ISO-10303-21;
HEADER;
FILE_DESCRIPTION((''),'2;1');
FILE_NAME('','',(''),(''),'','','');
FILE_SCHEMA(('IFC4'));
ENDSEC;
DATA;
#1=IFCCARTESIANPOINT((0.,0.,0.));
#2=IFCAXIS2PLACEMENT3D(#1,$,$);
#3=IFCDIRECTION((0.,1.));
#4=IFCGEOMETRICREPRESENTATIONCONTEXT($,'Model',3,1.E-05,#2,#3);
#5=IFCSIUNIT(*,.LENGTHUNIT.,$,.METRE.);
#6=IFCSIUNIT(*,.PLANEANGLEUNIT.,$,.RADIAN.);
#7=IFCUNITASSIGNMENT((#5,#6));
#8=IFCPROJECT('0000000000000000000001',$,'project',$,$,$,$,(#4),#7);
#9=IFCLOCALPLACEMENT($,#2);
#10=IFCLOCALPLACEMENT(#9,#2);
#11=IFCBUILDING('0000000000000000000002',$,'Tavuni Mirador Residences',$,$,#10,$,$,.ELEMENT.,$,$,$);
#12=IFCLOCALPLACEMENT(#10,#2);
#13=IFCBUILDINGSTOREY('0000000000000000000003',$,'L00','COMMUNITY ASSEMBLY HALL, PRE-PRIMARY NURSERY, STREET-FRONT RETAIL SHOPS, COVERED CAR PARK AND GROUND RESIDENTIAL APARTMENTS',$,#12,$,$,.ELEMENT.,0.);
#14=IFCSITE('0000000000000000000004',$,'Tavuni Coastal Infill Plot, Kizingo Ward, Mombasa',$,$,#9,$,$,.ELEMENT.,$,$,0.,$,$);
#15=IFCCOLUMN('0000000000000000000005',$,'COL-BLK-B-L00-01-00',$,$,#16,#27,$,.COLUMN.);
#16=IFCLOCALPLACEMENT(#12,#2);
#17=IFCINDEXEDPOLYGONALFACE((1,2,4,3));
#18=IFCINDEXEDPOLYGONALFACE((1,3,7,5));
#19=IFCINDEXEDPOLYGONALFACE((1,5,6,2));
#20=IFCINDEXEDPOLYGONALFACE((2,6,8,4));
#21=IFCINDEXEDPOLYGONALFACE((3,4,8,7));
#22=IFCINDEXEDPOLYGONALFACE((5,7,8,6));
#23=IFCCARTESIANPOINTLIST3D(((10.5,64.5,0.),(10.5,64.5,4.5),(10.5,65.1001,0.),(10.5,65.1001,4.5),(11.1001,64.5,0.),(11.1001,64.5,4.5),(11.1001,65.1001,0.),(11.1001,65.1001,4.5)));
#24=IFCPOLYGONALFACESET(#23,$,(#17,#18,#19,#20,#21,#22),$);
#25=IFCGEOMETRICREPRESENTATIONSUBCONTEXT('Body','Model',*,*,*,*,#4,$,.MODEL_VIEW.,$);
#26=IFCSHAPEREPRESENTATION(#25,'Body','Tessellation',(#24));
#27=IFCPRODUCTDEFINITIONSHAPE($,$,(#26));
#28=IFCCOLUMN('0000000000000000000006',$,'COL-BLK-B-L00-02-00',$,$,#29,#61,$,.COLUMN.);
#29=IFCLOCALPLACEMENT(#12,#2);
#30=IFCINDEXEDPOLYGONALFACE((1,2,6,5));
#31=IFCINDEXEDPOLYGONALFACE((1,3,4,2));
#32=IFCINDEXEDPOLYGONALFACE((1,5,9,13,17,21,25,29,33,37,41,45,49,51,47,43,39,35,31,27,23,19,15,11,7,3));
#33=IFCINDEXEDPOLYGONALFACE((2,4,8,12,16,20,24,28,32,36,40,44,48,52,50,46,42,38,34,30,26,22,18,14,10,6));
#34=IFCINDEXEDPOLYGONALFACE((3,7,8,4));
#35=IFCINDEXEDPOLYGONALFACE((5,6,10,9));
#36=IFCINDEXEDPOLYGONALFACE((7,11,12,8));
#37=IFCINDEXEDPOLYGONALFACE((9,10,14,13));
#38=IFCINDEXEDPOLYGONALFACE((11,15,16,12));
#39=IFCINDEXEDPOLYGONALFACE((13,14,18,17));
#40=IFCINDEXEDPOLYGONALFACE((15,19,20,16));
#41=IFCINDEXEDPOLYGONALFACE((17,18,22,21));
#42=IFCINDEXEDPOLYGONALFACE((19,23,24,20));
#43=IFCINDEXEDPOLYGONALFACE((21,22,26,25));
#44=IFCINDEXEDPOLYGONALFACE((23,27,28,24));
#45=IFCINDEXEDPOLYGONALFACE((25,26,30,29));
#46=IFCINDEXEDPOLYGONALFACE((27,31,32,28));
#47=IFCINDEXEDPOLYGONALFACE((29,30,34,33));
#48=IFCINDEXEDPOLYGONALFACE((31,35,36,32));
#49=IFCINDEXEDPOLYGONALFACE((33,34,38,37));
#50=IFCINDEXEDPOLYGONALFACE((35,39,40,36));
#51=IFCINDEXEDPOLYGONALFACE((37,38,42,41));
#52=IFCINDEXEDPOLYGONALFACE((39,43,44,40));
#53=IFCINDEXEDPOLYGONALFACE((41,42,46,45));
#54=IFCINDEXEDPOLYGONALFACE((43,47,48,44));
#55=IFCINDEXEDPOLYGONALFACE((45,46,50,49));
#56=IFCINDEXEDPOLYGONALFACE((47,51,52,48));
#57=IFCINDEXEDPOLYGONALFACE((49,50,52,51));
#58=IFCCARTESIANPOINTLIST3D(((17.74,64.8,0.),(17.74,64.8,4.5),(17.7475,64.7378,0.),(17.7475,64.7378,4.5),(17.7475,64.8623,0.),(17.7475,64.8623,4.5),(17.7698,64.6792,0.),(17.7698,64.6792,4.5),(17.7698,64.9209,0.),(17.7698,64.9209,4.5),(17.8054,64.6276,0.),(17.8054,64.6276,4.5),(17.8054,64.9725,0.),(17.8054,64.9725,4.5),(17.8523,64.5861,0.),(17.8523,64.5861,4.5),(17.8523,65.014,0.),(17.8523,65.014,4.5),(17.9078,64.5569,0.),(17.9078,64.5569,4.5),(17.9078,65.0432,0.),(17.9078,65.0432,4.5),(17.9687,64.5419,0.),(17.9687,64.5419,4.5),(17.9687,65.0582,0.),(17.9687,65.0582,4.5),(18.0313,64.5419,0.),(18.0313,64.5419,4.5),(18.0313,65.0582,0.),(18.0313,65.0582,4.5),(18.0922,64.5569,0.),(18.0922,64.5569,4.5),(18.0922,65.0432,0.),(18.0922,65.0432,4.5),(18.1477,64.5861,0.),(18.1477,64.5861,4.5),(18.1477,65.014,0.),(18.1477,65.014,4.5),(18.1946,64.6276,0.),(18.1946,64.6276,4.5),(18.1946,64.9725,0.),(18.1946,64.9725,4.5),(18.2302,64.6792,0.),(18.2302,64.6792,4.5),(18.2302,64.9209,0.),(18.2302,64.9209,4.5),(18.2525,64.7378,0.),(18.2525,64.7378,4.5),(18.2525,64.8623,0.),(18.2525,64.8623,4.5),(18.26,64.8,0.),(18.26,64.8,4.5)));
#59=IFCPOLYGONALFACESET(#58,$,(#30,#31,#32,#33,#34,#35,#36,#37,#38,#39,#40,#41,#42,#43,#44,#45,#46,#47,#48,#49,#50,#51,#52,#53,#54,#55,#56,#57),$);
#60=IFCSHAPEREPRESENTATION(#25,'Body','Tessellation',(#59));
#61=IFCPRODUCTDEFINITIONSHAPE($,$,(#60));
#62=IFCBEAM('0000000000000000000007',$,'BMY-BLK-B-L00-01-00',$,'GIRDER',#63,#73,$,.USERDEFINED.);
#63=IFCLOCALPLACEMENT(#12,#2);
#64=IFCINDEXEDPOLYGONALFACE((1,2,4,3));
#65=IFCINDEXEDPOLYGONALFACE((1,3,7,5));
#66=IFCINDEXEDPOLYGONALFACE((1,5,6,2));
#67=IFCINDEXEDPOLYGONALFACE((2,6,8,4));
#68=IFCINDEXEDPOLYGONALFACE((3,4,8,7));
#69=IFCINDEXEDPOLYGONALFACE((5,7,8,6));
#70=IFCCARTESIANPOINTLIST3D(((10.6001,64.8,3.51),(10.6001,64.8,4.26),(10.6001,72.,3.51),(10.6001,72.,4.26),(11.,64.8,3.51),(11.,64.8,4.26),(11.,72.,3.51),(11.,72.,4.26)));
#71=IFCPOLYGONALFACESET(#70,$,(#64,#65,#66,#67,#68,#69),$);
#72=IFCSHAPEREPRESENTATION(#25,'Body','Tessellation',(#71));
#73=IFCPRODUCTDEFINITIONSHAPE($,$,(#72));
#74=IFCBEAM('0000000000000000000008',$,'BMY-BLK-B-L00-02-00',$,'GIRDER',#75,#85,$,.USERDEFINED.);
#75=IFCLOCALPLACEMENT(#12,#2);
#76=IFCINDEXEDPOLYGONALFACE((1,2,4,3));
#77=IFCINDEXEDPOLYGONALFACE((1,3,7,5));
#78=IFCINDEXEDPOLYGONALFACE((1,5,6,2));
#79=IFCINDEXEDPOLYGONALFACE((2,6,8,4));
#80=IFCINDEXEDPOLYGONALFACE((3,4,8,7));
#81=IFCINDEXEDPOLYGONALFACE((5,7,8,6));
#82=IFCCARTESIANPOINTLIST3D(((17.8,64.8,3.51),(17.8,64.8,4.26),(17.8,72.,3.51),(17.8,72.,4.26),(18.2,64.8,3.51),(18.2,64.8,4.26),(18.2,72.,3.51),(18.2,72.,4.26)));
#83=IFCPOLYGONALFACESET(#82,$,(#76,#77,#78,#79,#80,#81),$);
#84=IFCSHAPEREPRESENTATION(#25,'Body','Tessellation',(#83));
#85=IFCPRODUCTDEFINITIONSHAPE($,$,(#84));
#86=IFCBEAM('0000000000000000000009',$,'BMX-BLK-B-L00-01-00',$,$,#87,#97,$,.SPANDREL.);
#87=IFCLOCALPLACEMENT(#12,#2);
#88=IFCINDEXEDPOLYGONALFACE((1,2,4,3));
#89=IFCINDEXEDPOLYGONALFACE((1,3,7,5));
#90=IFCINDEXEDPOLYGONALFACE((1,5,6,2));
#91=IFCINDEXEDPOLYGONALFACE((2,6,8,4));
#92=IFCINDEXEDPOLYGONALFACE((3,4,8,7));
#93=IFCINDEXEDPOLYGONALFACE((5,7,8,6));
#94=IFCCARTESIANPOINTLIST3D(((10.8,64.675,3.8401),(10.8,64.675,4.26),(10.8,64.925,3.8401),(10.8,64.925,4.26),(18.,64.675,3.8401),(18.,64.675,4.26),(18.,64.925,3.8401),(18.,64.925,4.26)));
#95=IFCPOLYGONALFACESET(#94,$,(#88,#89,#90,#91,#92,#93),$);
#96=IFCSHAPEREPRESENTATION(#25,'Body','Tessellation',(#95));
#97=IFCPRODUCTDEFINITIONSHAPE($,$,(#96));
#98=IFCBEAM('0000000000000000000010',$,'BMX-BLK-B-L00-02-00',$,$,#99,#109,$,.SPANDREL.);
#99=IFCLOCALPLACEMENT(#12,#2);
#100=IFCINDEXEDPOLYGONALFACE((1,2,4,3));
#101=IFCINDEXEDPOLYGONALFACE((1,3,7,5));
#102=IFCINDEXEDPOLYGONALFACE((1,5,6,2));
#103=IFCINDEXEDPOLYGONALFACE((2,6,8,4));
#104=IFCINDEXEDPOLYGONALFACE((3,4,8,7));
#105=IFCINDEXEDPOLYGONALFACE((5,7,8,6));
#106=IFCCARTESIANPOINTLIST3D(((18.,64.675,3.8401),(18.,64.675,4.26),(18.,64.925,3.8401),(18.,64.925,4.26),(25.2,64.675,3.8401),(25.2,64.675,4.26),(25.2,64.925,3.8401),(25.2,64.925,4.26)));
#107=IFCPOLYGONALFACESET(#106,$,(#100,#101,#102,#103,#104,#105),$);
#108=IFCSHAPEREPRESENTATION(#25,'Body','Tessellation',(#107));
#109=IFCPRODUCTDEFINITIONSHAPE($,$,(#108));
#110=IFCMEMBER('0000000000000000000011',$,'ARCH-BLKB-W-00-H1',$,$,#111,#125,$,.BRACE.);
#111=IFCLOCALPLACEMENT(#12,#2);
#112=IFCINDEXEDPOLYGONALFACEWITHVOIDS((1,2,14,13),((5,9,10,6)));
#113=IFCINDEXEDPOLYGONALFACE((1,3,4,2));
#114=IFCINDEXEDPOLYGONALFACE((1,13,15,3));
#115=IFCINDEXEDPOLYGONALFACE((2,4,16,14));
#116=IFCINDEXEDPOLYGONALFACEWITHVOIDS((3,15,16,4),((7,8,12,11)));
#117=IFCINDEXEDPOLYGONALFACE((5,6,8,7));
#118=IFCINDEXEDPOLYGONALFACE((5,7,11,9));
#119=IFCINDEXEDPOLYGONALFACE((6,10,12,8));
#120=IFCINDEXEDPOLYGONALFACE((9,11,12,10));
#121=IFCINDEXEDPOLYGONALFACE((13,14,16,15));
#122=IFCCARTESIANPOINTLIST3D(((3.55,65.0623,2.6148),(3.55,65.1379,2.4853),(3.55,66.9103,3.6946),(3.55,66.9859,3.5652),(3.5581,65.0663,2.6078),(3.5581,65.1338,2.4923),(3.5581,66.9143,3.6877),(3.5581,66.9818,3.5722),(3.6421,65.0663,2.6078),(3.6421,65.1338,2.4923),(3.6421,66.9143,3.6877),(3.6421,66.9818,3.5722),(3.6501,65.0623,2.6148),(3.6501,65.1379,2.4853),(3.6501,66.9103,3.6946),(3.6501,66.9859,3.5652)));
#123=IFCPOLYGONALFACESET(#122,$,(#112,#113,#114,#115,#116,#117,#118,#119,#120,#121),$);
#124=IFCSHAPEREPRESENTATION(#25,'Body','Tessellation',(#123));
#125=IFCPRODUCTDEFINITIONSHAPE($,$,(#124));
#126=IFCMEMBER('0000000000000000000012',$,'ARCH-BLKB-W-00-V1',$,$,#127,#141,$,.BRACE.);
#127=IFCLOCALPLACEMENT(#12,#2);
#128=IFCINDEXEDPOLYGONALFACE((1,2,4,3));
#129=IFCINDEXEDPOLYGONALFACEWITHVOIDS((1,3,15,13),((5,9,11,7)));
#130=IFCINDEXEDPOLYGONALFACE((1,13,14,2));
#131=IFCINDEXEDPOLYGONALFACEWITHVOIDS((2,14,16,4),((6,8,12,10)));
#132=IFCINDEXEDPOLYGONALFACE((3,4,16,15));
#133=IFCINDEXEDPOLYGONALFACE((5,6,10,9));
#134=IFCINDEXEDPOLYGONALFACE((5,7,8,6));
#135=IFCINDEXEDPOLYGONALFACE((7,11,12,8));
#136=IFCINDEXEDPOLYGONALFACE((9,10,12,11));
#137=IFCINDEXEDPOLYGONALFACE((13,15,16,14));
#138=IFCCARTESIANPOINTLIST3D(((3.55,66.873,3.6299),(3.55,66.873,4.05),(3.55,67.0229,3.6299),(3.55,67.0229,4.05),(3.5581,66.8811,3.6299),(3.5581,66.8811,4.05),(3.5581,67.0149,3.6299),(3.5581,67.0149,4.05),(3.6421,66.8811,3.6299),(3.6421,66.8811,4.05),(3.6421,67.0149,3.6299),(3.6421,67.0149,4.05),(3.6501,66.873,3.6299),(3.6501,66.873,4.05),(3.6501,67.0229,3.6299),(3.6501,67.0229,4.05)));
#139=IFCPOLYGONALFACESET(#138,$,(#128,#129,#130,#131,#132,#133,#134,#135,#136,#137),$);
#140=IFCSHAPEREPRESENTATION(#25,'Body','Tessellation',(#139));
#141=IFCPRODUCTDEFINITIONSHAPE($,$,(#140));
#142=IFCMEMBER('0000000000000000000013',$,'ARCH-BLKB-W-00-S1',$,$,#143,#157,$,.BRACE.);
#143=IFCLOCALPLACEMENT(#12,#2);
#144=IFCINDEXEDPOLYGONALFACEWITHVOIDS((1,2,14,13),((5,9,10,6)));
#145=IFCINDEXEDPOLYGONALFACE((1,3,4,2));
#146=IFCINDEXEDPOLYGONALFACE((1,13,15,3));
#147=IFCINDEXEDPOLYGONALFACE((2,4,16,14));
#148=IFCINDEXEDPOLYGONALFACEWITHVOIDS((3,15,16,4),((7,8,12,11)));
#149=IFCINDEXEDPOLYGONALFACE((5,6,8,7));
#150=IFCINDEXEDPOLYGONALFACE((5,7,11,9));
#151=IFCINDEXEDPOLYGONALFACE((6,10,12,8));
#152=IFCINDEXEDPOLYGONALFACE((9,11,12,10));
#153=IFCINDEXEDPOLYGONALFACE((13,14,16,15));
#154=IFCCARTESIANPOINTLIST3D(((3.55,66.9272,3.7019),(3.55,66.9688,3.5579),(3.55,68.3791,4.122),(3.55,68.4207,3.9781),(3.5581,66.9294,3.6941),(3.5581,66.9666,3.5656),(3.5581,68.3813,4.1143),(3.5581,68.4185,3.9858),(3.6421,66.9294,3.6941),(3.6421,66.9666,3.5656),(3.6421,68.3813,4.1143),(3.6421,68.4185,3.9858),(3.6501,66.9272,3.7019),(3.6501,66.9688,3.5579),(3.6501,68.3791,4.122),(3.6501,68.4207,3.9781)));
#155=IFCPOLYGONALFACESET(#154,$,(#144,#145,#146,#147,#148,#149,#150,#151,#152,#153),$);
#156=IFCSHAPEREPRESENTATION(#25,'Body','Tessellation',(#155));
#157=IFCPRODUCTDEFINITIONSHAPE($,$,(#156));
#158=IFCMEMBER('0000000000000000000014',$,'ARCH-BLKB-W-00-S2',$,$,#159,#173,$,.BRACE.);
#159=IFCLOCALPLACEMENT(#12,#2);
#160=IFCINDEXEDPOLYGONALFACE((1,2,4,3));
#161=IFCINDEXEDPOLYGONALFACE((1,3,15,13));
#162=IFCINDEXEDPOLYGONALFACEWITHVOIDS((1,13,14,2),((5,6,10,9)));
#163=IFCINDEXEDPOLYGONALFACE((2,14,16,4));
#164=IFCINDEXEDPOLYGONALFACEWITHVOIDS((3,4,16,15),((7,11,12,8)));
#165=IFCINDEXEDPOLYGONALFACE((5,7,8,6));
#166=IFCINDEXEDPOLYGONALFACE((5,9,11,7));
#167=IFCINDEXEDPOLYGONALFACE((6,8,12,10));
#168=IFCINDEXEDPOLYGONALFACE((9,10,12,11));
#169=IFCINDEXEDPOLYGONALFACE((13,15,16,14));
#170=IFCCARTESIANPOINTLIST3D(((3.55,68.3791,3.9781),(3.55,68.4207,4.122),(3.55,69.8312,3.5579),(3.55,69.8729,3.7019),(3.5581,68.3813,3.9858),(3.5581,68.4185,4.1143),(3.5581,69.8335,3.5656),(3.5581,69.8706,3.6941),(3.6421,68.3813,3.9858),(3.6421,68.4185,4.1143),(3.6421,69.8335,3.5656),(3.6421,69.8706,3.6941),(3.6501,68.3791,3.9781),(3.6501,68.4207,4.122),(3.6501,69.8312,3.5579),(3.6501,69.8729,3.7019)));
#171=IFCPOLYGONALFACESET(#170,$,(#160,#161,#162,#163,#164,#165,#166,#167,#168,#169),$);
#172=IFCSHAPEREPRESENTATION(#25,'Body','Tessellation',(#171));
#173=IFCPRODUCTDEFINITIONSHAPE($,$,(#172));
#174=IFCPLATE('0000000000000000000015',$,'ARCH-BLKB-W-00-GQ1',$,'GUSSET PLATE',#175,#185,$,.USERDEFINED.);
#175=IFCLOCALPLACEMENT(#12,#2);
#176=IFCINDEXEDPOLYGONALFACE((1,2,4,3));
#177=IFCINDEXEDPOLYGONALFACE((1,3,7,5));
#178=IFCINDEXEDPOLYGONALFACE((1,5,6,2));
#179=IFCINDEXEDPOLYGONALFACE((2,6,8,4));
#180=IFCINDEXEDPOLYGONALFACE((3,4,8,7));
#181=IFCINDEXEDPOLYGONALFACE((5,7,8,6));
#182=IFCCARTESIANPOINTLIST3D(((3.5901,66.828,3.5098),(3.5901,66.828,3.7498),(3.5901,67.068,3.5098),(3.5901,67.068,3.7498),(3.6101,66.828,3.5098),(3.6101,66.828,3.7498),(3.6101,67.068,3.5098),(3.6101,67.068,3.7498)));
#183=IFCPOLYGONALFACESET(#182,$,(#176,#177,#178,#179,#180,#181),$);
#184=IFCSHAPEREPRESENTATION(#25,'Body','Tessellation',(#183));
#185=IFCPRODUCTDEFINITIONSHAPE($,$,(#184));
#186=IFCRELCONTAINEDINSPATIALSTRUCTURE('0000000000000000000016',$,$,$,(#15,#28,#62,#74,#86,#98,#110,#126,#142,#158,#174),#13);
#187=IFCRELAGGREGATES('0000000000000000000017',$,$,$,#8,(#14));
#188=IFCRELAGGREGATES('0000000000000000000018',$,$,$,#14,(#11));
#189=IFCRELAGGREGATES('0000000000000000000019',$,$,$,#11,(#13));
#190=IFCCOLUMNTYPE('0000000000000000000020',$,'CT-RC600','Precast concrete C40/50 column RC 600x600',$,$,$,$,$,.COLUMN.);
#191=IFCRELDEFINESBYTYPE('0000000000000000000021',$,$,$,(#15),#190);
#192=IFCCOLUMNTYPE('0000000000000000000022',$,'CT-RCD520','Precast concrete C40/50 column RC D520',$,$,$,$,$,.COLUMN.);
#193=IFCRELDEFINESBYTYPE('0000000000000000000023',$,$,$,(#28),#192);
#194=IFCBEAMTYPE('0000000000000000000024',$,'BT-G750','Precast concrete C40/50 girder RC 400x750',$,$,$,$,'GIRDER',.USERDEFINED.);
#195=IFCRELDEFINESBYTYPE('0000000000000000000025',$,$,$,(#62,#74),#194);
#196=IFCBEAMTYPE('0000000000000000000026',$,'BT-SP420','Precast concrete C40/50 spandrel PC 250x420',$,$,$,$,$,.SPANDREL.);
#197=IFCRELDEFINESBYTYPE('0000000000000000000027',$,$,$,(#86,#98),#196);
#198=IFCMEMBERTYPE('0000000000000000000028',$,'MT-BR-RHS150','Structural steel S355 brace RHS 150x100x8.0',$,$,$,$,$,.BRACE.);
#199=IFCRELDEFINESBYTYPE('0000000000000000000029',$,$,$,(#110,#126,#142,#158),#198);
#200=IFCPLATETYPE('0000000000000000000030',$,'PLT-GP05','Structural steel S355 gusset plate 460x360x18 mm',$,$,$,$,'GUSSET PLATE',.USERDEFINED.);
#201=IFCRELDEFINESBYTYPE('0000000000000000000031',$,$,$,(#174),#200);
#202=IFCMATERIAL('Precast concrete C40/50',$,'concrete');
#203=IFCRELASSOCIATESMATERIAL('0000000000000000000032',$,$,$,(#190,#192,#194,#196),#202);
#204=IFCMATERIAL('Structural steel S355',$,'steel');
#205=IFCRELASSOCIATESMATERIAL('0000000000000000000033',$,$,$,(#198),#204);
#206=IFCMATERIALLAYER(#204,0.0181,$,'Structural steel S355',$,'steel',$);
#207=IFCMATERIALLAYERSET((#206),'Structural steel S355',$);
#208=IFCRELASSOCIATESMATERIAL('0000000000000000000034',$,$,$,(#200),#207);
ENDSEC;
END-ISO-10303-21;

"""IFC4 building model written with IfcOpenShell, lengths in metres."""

from ifc_helpers import new_model, si_unit, direction, frame, origin, origin_2d, place, context, subcontext, project, spatial, rectangle, hollow_rectangle, circle, extrude, material, layer, layer_set, material_profile, profile_set, type_object, element, save


model = new_model("IFC4")

# Units and contexts
model_context = context("Model", 3, precision=1e-05, world=origin(), true_north=direction((0.0, 1.0)))
body_context = subcontext(model_context, "Body", "Model", "MODEL_VIEW")
ifc_project = project(units=[si_unit("LENGTHUNIT", "METRE"), si_unit("PLANEANGLEUNIT", "RADIAN")], contexts=[model_context])

# Site, building, storey
site_placement = place(None, origin())
site = spatial("IfcSite", under=ifc_project, at=site_placement, Name="Tavuni Coastal Infill Plot, Kizingo Ward, Mombasa", CompositionType="ELEMENT", RefElevation=0.0)
building_placement = place(site_placement, origin())
building = spatial("IfcBuilding", under=site, at=building_placement, Name="Tavuni Mirador Residences", CompositionType="ELEMENT")
storey_placement = place(building_placement, origin())
storey = spatial("IfcBuildingStorey", under=building, at=storey_placement, Name="L00", Description="COMMUNITY ASSEMBLY HALL, PRE-PRIMARY NURSERY, STREET-FRONT RETAIL SHOPS, COVERED CAR PARK AND GROUND RESIDENTIAL APARTMENTS", CompositionType="ELEMENT", Elevation=0.0)

# Columns
ifc_material_1 = material(Name="Precast concrete C40/50", Category="concrete")
ifc_material_profile_1 = material_profile(ifc_material_1, rectangle(XDim=0.6001, YDim=0.6001, at=origin_2d()), Name="RC 600x600", Category="concrete")
ifc_profile_set_1 = profile_set([ifc_material_profile_1], Name="Precast concrete C40/50")
column_type_1 = type_object("IfcColumnType", Name="CT-RC600", Description="Precast concrete C40/50 column RC 600x600", PredefinedType="COLUMN", material=ifc_profile_set_1)
column_1_placement = place(storey_placement, frame((10.8, 64.8, 0.0), z_axis=(0.0, 0.0, 1.0), x_axis=(1.0, 0.0, 0.0)))
element("IfcColumn", 1, at=column_1_placement, inside=storey, type_object=column_type_1, Name="COL-BLK-B-L00-01-00", PredefinedType="COLUMN", context=body_context, shape_type="SweptSolid", body=[
    extrude(rectangle(XDim=0.6001, YDim=0.6001, at=origin_2d()), origin(), (0.0, 0.0, 1.0), 4.5),
])
ifc_material_profile_2 = material_profile(ifc_material_1, circle(Radius=0.26, at=origin_2d()), Name="RC D520", Category="concrete")
ifc_profile_set_2 = profile_set([ifc_material_profile_2], Name="Precast concrete C40/50")
column_type_2 = type_object("IfcColumnType", Name="CT-RCD520", Description="Precast concrete C40/50 column RC D520", PredefinedType="COLUMN", material=ifc_profile_set_2)
column_2_placement = place(storey_placement, frame((18.0, 64.8, 0.0), z_axis=(0.0, 0.0, 1.0), x_axis=(1.0, 0.0, 0.0)))
element("IfcColumn", 2, at=column_2_placement, inside=storey, type_object=column_type_2, Name="COL-BLK-B-L00-02-00", PredefinedType="COLUMN", context=body_context, shape_type="SweptSolid", body=[
    extrude(circle(Radius=0.26, at=origin_2d()), origin(), (0.0, 0.0, 1.0), 4.5),
])

# Beams
ifc_material_profile_3 = material_profile(ifc_material_1, rectangle(XDim=0.3999, YDim=0.75, at=origin_2d()), Name="RC 400x750", Category="concrete")
ifc_profile_set_3 = profile_set([ifc_material_profile_3], Name="Precast concrete C40/50")
beam_type_1 = type_object("IfcBeamType", Name="BT-G750", Description="Precast concrete C40/50 girder RC 400x750", ElementType="GIRDER", PredefinedType="USERDEFINED", material=ifc_profile_set_3)
for number, where, z_axis, x_axis, name in (
    (3, (10.8, 64.8, 3.885), (0.0, 1.0, 0.0), (-1.0, 0.0, 0.0), "BMY-BLK-B-L00-01-00"),
    (4, (18.0, 64.8, 3.885), (0.0, 1.0, 0.0), (-1.0, 0.0, 0.0), "BMY-BLK-B-L00-02-00"),
):
    element("IfcBeam", number, at=place(storey_placement, frame(where, z_axis=z_axis, x_axis=x_axis)), inside=storey, type_object=beam_type_1, Name=name, ObjectType="GIRDER", PredefinedType="USERDEFINED", context=body_context, shape_type="SweptSolid", body=[
        extrude(rectangle(XDim=0.3999, YDim=0.75, at=origin_2d()), origin(), (0.0, 0.0, 1.0), 7.2),
    ])
ifc_material_profile_4 = material_profile(ifc_material_1, rectangle(XDim=0.25, YDim=0.4199, at=origin_2d()), Name="PC 250x420", Category="concrete")
ifc_profile_set_4 = profile_set([ifc_material_profile_4], Name="Precast concrete C40/50")
beam_type_2 = type_object("IfcBeamType", Name="BT-SP420", Description="Precast concrete C40/50 spandrel PC 250x420", PredefinedType="SPANDREL", material=ifc_profile_set_4)
for number, where, z_axis, x_axis, name in (
    (5, (10.8, 64.8, 4.05), (1.0, 0.0, 0.0), (0.0, 1.0, 0.0), "BMX-BLK-B-L00-01-00"),
    (6, (18.0, 64.8, 4.05), (1.0, 0.0, 0.0), (0.0, 1.0, 0.0), "BMX-BLK-B-L00-02-00"),
):
    element("IfcBeam", number, at=place(storey_placement, frame(where, z_axis=z_axis, x_axis=x_axis)), inside=storey, type_object=beam_type_2, Name=name, PredefinedType="SPANDREL", context=body_context, shape_type="SweptSolid", body=[
        extrude(rectangle(XDim=0.25, YDim=0.4199, at=origin_2d()), origin(), (0.0, 0.0, 1.0), 7.2),
    ])

# Members
ifc_material_2 = material(Name="Structural steel S355", Category="steel")
ifc_material_profile_5 = material_profile(ifc_material_2, hollow_rectangle(XDim=0.1001, YDim=0.1499, WallThickness=0.0081, at=origin_2d()), Name="RHS 150x100x8.0", Category="steel")
ifc_profile_set_5 = profile_set([ifc_material_profile_5], Name="Structural steel S355")
member_type = type_object("IfcMemberType", Name="MT-BR-RHS150", Description="Structural steel S355 brace RHS 150x100x8.0", PredefinedType="BRACE", material=ifc_profile_set_5)
member_1_placement = place(storey_placement, frame((3.6001, 65.1001, 2.55), z_axis=(0.0, 0.863394, 0.50453), x_axis=(-1.0, 0.0, 0.0)))
element("IfcMember", 7, at=member_1_placement, inside=storey, type_object=member_type, Name="ARCH-BLKB-W-00-H1", PredefinedType="BRACE", context=body_context, shape_type="SweptSolid", body=[
    extrude(hollow_rectangle(XDim=0.1001, YDim=0.1499, WallThickness=0.0081, at=origin_2d()), origin(), (0.0, 0.0, 1.0), 2.1404),
])
member_2_placement = place(storey_placement, frame((3.6001, 66.948, 3.6299), z_axis=(0.0, 0.0, 1.0), x_axis=(1.0, 0.0, 0.0)))
element("IfcMember", 8, at=member_2_placement, inside=storey, type_object=member_type, Name="ARCH-BLKB-W-00-V1", PredefinedType="BRACE", context=body_context, shape_type="SweptSolid", body=[
    extrude(hollow_rectangle(XDim=0.1001, YDim=0.1499, WallThickness=0.0081, at=origin_2d()), origin(), (0.0, 0.0, 1.0), 0.4202),
])
member_3_placement = place(storey_placement, frame((3.6001, 66.948, 3.6299), z_axis=(0.0, 0.960586, 0.277984), x_axis=(-1.0, 0.0, 0.0)))
element("IfcMember", 9, at=member_3_placement, inside=storey, type_object=member_type, Name="ARCH-BLKB-W-00-S1", PredefinedType="BRACE", context=body_context, shape_type="SweptSolid", body=[
    extrude(hollow_rectangle(XDim=0.1001, YDim=0.1499, WallThickness=0.0081, at=origin_2d()), origin(), (0.0, 0.0, 1.0), 1.5115),
])
member_4_placement = place(storey_placement, frame((3.6001, 68.3999, 4.05), z_axis=(0.0, 0.960598, -0.27794), x_axis=(-1.0, 0.0, 0.0)))
element("IfcMember", 10, at=member_4_placement, inside=storey, type_object=member_type, Name="ARCH-BLKB-W-00-S2", PredefinedType="BRACE", context=body_context, shape_type="SweptSolid", body=[
    extrude(hollow_rectangle(XDim=0.1001, YDim=0.1499, WallThickness=0.0081, at=origin_2d()), origin(), (0.0, 0.0, 1.0), 1.5117),
])

# Plate
ifc_layer_1 = layer(ifc_material_2, 0.0181, Name="Structural steel S355", Category="steel")
ifc_layer_set_1 = layer_set([ifc_layer_1], Name="Structural steel S355")
plate_type = type_object("IfcPlateType", Name="PLT-GP05", Description="Structural steel S355 gusset plate 460x360x18 mm", ElementType="GUSSET PLATE", PredefinedType="USERDEFINED", material=ifc_layer_set_1)
for number, where, z_axis, x_axis, name in (
    (11, (3.6001, 66.948, 3.5098), (0.0, 0.0, 1.0), (1.0, 0.0, 0.0), "ARCH-BLKB-W-00-GQ1"),
):
    element("IfcPlate", number, at=place(storey_placement, frame(where, z_axis=z_axis, x_axis=x_axis)), inside=storey, type_object=plate_type, Name=name, ObjectType="GUSSET PLATE", PredefinedType="USERDEFINED", context=body_context, shape_type="SweptSolid", body=[
        extrude(rectangle(XDim=0.02, YDim=0.24, at=origin_2d()), origin(), (0.0, 0.0, 1.0), 0.24),
    ])

save(model, "model.ifc")
